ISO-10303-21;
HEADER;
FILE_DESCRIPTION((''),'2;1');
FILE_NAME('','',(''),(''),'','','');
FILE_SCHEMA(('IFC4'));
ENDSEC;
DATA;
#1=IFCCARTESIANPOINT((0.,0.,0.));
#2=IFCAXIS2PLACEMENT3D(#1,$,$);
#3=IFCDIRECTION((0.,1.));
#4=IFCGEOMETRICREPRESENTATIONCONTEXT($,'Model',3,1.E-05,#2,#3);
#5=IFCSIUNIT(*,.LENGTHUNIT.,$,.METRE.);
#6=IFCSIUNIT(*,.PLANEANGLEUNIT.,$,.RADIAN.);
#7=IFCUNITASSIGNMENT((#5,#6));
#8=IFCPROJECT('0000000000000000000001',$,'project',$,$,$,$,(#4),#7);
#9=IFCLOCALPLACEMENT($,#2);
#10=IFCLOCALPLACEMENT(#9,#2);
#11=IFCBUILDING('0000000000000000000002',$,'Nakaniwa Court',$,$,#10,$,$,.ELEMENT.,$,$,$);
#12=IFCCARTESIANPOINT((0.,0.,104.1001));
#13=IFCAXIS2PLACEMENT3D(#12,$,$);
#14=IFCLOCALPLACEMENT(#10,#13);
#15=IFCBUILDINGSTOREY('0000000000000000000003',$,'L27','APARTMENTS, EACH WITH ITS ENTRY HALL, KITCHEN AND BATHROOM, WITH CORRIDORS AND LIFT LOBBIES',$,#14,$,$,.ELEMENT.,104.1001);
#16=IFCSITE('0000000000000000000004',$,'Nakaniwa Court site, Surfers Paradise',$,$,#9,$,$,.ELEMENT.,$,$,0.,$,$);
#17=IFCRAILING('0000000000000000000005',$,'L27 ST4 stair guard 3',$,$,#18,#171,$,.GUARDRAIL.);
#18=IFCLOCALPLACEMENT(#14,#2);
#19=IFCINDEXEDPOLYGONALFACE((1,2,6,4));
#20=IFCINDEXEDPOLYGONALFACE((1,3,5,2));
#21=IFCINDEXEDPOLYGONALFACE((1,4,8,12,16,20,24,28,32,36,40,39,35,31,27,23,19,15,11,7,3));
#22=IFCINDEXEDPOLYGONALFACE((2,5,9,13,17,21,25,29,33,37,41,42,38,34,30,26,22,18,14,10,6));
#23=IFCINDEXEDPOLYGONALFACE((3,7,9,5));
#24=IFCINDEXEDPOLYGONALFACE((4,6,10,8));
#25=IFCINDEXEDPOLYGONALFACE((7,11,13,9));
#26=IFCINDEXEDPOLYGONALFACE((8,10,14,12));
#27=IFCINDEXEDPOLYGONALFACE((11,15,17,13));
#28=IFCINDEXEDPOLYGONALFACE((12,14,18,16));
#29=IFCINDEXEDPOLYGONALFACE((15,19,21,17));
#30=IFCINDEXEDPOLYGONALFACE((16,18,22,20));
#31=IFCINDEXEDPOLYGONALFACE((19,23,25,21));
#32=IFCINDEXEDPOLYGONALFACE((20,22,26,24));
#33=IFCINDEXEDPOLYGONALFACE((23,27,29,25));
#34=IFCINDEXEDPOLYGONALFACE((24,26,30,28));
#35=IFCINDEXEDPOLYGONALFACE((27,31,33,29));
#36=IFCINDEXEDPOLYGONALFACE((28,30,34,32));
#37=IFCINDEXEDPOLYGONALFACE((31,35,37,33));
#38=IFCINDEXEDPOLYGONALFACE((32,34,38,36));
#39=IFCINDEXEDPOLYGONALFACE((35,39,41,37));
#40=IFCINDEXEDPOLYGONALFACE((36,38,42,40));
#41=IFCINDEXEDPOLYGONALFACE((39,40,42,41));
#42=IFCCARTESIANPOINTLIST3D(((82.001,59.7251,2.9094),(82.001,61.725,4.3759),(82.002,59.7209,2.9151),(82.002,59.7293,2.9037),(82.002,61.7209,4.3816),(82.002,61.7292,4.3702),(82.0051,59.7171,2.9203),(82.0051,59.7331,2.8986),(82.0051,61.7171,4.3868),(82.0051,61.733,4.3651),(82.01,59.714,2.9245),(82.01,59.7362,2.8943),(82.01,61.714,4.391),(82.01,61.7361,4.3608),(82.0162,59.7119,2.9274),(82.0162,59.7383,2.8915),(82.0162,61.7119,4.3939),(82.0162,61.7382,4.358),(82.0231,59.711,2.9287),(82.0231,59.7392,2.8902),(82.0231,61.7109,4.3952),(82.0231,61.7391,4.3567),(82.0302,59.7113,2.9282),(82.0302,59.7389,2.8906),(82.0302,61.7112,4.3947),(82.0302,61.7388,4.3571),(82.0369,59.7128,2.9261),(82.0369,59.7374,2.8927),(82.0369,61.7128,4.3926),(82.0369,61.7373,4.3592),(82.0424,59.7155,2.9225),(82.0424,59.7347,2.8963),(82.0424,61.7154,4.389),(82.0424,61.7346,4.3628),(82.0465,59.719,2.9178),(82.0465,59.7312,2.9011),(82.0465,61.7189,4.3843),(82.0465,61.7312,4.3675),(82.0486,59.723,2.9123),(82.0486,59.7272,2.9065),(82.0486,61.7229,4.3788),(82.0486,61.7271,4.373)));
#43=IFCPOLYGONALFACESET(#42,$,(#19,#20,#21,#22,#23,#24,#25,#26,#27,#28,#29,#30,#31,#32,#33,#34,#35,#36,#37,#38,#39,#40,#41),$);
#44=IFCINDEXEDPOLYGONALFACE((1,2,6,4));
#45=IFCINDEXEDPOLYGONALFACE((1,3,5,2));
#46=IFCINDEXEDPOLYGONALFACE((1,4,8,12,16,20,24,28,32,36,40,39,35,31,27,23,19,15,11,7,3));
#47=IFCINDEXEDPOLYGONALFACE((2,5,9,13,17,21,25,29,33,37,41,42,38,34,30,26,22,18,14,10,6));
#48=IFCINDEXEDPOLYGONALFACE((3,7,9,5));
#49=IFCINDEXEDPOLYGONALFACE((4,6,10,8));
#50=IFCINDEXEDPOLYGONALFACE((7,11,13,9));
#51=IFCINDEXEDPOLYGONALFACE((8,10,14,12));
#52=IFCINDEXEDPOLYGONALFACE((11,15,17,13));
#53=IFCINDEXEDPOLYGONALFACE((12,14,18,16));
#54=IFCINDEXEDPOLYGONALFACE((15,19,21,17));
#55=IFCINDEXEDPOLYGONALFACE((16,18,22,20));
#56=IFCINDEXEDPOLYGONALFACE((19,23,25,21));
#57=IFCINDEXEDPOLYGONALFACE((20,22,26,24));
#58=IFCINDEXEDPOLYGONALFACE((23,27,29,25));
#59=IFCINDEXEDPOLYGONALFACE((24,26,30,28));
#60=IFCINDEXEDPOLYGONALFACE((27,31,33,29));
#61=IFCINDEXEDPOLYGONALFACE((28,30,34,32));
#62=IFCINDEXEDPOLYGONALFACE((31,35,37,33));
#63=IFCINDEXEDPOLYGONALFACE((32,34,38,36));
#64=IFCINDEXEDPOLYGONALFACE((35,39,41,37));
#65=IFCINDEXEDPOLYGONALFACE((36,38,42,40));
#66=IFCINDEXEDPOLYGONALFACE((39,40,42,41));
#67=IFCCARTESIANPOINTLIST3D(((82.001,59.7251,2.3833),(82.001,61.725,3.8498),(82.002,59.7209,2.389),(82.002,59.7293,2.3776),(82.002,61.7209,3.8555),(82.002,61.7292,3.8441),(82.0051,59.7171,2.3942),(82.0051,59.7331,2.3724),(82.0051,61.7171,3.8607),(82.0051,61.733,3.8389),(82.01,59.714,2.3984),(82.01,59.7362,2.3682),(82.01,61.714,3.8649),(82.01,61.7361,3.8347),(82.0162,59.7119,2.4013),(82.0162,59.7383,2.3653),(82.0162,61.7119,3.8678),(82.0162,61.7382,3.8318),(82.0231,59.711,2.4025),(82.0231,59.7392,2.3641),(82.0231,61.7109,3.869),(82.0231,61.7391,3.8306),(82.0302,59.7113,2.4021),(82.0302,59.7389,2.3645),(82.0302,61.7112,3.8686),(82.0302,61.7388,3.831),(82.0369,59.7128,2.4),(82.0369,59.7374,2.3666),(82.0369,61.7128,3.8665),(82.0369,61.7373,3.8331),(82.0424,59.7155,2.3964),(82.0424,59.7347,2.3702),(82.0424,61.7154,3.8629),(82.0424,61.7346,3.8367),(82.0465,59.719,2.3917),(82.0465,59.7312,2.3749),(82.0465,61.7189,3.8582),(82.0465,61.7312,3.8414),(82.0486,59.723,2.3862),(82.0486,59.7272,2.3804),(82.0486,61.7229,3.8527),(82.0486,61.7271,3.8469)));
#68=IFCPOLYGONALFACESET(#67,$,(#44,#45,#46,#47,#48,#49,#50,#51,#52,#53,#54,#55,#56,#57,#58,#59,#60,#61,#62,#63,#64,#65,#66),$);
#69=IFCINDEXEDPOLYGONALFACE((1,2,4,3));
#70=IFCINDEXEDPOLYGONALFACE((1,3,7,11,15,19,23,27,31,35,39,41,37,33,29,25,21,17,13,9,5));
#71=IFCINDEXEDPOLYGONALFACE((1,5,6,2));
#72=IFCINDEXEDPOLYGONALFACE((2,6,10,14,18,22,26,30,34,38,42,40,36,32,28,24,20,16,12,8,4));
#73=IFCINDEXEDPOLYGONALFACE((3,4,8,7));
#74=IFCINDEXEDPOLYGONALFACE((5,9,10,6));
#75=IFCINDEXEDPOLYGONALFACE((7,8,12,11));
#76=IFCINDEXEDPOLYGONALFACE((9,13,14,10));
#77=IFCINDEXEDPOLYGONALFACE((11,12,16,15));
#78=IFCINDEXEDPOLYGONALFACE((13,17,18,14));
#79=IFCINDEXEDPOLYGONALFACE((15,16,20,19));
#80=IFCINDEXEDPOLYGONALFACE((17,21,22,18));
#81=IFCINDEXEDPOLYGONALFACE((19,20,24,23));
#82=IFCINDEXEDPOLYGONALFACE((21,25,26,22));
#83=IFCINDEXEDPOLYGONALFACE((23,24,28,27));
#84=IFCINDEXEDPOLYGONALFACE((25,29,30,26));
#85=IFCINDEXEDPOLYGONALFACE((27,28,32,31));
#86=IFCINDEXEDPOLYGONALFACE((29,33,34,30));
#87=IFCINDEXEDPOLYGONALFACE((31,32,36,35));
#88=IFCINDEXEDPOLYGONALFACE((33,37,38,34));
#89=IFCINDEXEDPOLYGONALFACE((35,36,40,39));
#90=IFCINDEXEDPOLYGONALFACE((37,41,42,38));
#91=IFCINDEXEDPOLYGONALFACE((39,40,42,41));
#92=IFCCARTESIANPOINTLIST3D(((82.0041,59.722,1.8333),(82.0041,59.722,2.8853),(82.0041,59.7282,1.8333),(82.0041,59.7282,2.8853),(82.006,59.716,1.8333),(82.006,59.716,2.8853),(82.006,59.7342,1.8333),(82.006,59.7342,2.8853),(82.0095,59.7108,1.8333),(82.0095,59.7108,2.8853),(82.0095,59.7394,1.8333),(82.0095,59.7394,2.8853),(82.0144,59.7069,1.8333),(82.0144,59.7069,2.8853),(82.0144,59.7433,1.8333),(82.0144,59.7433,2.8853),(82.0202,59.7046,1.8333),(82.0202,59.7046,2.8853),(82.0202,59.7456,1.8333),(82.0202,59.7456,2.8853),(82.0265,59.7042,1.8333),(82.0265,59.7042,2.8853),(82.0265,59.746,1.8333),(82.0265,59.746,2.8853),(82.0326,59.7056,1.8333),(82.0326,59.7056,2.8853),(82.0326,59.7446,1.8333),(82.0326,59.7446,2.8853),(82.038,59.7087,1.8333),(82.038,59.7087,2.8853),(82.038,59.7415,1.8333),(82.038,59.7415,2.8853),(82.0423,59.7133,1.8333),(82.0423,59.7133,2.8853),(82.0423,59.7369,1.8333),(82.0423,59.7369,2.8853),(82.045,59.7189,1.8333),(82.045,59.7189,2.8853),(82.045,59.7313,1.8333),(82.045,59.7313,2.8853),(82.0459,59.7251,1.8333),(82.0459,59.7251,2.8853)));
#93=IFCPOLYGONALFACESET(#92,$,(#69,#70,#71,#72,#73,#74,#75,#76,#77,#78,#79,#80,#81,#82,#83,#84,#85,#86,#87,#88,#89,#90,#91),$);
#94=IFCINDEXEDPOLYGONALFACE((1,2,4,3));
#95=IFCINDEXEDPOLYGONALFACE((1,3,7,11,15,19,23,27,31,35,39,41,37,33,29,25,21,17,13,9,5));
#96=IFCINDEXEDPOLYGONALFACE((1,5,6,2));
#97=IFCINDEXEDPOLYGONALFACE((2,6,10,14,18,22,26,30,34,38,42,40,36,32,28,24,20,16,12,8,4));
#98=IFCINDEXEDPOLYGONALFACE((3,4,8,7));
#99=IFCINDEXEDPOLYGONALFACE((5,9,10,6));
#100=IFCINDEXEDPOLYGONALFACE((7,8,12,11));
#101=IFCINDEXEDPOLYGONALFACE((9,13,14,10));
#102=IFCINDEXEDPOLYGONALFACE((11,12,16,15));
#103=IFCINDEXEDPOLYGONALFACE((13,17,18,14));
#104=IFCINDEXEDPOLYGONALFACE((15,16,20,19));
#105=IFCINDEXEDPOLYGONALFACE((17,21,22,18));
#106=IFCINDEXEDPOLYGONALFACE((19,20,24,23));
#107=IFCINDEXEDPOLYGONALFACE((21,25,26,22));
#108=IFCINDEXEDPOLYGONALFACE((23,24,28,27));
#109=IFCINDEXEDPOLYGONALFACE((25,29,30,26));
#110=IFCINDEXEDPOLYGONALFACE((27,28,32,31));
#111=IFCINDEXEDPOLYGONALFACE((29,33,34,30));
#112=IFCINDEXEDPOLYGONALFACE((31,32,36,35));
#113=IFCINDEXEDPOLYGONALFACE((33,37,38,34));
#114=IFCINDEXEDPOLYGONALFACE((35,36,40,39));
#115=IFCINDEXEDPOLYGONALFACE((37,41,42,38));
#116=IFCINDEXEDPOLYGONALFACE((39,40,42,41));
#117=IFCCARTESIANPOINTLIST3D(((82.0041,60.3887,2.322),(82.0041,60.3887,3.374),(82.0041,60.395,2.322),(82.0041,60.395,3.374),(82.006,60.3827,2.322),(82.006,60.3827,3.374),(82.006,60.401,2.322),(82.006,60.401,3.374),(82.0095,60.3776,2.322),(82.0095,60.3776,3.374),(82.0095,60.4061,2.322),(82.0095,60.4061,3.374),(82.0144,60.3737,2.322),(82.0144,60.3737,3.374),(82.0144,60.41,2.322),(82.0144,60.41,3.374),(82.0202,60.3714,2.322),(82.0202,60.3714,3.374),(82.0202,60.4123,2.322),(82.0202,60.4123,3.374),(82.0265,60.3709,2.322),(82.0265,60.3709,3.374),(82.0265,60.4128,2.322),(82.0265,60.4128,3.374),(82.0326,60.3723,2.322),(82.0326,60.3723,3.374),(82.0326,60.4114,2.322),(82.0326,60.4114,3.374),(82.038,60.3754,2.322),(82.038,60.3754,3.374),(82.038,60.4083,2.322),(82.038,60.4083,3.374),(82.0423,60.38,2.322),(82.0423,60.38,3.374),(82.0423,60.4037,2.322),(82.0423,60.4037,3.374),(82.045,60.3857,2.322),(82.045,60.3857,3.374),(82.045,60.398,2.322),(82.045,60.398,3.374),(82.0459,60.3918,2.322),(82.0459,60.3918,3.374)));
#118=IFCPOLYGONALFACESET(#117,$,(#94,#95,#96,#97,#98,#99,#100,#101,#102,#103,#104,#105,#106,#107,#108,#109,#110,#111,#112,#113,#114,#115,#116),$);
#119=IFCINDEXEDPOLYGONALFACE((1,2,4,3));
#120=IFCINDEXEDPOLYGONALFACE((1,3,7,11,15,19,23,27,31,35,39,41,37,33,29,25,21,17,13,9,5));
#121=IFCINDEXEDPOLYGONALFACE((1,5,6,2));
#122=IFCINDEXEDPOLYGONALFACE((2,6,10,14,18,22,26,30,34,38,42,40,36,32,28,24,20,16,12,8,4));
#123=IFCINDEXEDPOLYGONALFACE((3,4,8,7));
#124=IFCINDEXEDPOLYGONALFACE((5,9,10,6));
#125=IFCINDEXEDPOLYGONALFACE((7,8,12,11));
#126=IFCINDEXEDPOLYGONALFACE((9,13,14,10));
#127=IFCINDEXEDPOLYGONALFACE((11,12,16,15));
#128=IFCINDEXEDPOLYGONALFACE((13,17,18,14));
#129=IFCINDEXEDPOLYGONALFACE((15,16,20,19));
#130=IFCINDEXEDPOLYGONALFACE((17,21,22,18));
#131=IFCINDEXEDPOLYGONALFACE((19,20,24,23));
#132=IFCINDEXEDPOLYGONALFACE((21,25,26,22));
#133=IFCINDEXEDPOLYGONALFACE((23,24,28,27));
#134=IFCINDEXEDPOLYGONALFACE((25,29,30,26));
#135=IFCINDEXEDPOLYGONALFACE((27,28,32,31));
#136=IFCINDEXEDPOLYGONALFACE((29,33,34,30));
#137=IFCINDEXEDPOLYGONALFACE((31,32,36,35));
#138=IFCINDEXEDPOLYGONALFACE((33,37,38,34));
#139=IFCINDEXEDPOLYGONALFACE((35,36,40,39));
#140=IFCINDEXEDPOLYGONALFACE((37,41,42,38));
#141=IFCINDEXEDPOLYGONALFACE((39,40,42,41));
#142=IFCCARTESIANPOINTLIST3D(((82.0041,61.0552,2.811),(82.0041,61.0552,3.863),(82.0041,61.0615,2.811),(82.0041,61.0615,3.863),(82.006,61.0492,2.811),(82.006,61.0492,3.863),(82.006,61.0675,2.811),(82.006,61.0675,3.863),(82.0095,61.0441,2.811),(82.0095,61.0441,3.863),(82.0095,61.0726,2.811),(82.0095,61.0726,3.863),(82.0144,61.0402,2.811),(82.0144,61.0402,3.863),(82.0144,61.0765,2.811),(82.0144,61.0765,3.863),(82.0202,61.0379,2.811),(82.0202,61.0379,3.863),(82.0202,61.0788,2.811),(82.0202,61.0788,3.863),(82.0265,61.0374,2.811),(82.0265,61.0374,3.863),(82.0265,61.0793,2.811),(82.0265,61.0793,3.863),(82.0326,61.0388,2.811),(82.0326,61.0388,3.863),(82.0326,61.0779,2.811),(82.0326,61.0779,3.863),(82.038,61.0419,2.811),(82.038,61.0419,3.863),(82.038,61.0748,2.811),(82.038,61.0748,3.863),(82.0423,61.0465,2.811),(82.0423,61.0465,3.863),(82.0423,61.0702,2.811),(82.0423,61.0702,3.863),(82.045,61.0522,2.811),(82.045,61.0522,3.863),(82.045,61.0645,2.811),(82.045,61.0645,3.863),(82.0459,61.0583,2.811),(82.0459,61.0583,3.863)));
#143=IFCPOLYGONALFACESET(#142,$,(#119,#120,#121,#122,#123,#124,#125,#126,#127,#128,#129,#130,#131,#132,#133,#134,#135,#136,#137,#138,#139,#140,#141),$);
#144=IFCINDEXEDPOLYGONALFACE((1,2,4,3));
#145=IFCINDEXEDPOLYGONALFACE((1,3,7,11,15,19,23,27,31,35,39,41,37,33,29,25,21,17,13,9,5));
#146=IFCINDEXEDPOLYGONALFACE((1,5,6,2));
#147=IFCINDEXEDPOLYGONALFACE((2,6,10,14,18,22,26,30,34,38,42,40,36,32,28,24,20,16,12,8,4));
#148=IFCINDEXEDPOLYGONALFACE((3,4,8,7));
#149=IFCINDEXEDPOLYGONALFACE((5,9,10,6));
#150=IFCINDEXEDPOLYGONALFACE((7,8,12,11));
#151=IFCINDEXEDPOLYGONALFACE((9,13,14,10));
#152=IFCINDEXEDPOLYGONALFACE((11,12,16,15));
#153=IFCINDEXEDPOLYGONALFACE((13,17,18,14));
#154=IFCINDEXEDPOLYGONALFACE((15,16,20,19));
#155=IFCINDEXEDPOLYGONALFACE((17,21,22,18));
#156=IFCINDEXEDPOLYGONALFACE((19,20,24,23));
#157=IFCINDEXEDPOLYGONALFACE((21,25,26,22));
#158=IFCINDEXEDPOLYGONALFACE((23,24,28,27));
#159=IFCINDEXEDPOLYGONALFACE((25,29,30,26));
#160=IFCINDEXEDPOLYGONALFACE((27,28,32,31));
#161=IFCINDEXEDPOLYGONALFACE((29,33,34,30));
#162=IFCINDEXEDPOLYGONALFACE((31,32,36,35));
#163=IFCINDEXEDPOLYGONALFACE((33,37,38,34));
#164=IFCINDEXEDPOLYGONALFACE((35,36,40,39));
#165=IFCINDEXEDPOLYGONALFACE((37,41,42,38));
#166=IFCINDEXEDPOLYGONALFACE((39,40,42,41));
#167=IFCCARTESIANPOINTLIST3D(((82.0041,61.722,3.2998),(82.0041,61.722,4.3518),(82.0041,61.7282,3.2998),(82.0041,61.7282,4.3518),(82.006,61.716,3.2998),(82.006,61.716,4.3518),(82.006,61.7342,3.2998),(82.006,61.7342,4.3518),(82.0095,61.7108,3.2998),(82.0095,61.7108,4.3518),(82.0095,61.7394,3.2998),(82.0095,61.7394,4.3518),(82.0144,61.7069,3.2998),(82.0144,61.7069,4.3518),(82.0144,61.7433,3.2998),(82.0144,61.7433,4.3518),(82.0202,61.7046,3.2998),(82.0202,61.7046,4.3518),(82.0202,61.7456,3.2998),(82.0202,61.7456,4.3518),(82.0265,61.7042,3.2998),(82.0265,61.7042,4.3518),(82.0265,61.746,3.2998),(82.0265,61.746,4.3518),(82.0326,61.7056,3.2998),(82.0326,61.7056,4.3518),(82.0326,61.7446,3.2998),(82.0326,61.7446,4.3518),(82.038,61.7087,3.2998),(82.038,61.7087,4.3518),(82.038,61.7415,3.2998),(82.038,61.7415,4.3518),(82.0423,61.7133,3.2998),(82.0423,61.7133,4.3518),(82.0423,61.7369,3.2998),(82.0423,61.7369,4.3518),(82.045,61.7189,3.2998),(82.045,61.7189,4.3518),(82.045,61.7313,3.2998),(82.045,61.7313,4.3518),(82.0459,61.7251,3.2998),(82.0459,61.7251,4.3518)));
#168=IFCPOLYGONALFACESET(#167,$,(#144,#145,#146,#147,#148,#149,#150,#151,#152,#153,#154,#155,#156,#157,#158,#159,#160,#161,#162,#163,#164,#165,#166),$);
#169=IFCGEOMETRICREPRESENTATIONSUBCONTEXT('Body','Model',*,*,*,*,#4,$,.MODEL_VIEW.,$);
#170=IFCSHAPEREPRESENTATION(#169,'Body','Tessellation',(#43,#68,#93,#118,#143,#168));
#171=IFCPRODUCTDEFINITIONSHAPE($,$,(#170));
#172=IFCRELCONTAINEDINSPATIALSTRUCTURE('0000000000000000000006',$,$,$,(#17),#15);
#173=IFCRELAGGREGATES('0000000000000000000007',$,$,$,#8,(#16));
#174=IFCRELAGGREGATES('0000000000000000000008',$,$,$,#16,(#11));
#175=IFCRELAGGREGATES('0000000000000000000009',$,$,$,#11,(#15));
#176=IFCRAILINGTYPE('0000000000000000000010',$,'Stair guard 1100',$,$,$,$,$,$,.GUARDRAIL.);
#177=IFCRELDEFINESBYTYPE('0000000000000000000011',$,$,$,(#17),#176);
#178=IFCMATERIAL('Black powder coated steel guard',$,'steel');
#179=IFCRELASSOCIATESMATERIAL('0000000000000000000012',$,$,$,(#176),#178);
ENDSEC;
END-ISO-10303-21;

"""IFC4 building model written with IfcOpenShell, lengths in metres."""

from ifc_helpers import new_model, si_unit, direction, frame, origin, origin_2d, place, context, subcontext, project, spatial, circle, extrude, material, type_object, element, save


model = new_model("IFC4")

# Units and contexts
model_context = context("Model", 3, precision=1e-05, world=origin(), true_north=direction((0.0, 1.0)))
body_context = subcontext(model_context, "Body", "Model", "MODEL_VIEW")
ifc_project = project(units=[si_unit("LENGTHUNIT", "METRE"), si_unit("PLANEANGLEUNIT", "RADIAN")], contexts=[model_context])

# Site, building, storey
site_placement = place(None, origin())
site = spatial("IfcSite", under=ifc_project, at=site_placement, Name="Nakaniwa Court site, Surfers Paradise", CompositionType="ELEMENT", RefElevation=0.0)
building_placement = place(site_placement, origin())
building = spatial("IfcBuilding", under=site, at=building_placement, Name="Nakaniwa Court", CompositionType="ELEMENT")
storey_placement = place(building_placement, frame((0.0, 0.0, 104.1001)))
storey = spatial("IfcBuildingStorey", under=building, at=storey_placement, Name="L27", Description="APARTMENTS, EACH WITH ITS ENTRY HALL, KITCHEN AND BATHROOM, WITH CORRIDORS AND LIFT LOBBIES", CompositionType="ELEMENT", Elevation=104.1001)

# Railing
ifc_material_1 = material(Name="Black powder coated steel guard", Category="steel")
railing_type_1 = type_object("IfcRailingType", Name="Stair guard 1100", PredefinedType="GUARDRAIL", material=ifc_material_1)
railing_1_placement = place(storey_placement, frame((82.0249, 59.7251, 1.8333)))
element("IfcRailing", 1, at=railing_1_placement, inside=storey, type_object=railing_type_1, Name="L27 ST4 stair guard 3", PredefinedType="GUARDRAIL", context=body_context, shape_type="SweptSolid", body=[
    extrude(circle(Radius=0.0239, at=origin_2d()), frame((0.0, 0.0, 1.0762), z_axis=(0.0, 0.806427, 0.591334), x_axis=(-1.0, 0.0, 0.0)), (0.0, 0.0, 1.0), 2.48),
    extrude(circle(Radius=0.0239, at=origin_2d()), frame((0.0, 0.0, 0.55), z_axis=(0.0, 0.806427, 0.591334), x_axis=(-1.0, 0.0, 0.0)), (0.0, 0.0, 1.0), 2.48),
    extrude(circle(Radius=0.021, at=origin_2d()), origin(), (0.0, 0.0, 1.0), 1.052),
    extrude(circle(Radius=0.021, at=origin_2d()), frame((0.0, 0.6667, 0.4888)), (0.0, 0.0, 1.0), 1.052),
    extrude(circle(Radius=0.021, at=origin_2d()), frame((0.0, 1.3333, 0.9778)), (0.0, 0.0, 1.0), 1.052),
    extrude(circle(Radius=0.021, at=origin_2d()), frame((0.0, 2.0, 1.4666)), (0.0, 0.0, 1.0), 1.052),
])

save(model, "model.ifc")
